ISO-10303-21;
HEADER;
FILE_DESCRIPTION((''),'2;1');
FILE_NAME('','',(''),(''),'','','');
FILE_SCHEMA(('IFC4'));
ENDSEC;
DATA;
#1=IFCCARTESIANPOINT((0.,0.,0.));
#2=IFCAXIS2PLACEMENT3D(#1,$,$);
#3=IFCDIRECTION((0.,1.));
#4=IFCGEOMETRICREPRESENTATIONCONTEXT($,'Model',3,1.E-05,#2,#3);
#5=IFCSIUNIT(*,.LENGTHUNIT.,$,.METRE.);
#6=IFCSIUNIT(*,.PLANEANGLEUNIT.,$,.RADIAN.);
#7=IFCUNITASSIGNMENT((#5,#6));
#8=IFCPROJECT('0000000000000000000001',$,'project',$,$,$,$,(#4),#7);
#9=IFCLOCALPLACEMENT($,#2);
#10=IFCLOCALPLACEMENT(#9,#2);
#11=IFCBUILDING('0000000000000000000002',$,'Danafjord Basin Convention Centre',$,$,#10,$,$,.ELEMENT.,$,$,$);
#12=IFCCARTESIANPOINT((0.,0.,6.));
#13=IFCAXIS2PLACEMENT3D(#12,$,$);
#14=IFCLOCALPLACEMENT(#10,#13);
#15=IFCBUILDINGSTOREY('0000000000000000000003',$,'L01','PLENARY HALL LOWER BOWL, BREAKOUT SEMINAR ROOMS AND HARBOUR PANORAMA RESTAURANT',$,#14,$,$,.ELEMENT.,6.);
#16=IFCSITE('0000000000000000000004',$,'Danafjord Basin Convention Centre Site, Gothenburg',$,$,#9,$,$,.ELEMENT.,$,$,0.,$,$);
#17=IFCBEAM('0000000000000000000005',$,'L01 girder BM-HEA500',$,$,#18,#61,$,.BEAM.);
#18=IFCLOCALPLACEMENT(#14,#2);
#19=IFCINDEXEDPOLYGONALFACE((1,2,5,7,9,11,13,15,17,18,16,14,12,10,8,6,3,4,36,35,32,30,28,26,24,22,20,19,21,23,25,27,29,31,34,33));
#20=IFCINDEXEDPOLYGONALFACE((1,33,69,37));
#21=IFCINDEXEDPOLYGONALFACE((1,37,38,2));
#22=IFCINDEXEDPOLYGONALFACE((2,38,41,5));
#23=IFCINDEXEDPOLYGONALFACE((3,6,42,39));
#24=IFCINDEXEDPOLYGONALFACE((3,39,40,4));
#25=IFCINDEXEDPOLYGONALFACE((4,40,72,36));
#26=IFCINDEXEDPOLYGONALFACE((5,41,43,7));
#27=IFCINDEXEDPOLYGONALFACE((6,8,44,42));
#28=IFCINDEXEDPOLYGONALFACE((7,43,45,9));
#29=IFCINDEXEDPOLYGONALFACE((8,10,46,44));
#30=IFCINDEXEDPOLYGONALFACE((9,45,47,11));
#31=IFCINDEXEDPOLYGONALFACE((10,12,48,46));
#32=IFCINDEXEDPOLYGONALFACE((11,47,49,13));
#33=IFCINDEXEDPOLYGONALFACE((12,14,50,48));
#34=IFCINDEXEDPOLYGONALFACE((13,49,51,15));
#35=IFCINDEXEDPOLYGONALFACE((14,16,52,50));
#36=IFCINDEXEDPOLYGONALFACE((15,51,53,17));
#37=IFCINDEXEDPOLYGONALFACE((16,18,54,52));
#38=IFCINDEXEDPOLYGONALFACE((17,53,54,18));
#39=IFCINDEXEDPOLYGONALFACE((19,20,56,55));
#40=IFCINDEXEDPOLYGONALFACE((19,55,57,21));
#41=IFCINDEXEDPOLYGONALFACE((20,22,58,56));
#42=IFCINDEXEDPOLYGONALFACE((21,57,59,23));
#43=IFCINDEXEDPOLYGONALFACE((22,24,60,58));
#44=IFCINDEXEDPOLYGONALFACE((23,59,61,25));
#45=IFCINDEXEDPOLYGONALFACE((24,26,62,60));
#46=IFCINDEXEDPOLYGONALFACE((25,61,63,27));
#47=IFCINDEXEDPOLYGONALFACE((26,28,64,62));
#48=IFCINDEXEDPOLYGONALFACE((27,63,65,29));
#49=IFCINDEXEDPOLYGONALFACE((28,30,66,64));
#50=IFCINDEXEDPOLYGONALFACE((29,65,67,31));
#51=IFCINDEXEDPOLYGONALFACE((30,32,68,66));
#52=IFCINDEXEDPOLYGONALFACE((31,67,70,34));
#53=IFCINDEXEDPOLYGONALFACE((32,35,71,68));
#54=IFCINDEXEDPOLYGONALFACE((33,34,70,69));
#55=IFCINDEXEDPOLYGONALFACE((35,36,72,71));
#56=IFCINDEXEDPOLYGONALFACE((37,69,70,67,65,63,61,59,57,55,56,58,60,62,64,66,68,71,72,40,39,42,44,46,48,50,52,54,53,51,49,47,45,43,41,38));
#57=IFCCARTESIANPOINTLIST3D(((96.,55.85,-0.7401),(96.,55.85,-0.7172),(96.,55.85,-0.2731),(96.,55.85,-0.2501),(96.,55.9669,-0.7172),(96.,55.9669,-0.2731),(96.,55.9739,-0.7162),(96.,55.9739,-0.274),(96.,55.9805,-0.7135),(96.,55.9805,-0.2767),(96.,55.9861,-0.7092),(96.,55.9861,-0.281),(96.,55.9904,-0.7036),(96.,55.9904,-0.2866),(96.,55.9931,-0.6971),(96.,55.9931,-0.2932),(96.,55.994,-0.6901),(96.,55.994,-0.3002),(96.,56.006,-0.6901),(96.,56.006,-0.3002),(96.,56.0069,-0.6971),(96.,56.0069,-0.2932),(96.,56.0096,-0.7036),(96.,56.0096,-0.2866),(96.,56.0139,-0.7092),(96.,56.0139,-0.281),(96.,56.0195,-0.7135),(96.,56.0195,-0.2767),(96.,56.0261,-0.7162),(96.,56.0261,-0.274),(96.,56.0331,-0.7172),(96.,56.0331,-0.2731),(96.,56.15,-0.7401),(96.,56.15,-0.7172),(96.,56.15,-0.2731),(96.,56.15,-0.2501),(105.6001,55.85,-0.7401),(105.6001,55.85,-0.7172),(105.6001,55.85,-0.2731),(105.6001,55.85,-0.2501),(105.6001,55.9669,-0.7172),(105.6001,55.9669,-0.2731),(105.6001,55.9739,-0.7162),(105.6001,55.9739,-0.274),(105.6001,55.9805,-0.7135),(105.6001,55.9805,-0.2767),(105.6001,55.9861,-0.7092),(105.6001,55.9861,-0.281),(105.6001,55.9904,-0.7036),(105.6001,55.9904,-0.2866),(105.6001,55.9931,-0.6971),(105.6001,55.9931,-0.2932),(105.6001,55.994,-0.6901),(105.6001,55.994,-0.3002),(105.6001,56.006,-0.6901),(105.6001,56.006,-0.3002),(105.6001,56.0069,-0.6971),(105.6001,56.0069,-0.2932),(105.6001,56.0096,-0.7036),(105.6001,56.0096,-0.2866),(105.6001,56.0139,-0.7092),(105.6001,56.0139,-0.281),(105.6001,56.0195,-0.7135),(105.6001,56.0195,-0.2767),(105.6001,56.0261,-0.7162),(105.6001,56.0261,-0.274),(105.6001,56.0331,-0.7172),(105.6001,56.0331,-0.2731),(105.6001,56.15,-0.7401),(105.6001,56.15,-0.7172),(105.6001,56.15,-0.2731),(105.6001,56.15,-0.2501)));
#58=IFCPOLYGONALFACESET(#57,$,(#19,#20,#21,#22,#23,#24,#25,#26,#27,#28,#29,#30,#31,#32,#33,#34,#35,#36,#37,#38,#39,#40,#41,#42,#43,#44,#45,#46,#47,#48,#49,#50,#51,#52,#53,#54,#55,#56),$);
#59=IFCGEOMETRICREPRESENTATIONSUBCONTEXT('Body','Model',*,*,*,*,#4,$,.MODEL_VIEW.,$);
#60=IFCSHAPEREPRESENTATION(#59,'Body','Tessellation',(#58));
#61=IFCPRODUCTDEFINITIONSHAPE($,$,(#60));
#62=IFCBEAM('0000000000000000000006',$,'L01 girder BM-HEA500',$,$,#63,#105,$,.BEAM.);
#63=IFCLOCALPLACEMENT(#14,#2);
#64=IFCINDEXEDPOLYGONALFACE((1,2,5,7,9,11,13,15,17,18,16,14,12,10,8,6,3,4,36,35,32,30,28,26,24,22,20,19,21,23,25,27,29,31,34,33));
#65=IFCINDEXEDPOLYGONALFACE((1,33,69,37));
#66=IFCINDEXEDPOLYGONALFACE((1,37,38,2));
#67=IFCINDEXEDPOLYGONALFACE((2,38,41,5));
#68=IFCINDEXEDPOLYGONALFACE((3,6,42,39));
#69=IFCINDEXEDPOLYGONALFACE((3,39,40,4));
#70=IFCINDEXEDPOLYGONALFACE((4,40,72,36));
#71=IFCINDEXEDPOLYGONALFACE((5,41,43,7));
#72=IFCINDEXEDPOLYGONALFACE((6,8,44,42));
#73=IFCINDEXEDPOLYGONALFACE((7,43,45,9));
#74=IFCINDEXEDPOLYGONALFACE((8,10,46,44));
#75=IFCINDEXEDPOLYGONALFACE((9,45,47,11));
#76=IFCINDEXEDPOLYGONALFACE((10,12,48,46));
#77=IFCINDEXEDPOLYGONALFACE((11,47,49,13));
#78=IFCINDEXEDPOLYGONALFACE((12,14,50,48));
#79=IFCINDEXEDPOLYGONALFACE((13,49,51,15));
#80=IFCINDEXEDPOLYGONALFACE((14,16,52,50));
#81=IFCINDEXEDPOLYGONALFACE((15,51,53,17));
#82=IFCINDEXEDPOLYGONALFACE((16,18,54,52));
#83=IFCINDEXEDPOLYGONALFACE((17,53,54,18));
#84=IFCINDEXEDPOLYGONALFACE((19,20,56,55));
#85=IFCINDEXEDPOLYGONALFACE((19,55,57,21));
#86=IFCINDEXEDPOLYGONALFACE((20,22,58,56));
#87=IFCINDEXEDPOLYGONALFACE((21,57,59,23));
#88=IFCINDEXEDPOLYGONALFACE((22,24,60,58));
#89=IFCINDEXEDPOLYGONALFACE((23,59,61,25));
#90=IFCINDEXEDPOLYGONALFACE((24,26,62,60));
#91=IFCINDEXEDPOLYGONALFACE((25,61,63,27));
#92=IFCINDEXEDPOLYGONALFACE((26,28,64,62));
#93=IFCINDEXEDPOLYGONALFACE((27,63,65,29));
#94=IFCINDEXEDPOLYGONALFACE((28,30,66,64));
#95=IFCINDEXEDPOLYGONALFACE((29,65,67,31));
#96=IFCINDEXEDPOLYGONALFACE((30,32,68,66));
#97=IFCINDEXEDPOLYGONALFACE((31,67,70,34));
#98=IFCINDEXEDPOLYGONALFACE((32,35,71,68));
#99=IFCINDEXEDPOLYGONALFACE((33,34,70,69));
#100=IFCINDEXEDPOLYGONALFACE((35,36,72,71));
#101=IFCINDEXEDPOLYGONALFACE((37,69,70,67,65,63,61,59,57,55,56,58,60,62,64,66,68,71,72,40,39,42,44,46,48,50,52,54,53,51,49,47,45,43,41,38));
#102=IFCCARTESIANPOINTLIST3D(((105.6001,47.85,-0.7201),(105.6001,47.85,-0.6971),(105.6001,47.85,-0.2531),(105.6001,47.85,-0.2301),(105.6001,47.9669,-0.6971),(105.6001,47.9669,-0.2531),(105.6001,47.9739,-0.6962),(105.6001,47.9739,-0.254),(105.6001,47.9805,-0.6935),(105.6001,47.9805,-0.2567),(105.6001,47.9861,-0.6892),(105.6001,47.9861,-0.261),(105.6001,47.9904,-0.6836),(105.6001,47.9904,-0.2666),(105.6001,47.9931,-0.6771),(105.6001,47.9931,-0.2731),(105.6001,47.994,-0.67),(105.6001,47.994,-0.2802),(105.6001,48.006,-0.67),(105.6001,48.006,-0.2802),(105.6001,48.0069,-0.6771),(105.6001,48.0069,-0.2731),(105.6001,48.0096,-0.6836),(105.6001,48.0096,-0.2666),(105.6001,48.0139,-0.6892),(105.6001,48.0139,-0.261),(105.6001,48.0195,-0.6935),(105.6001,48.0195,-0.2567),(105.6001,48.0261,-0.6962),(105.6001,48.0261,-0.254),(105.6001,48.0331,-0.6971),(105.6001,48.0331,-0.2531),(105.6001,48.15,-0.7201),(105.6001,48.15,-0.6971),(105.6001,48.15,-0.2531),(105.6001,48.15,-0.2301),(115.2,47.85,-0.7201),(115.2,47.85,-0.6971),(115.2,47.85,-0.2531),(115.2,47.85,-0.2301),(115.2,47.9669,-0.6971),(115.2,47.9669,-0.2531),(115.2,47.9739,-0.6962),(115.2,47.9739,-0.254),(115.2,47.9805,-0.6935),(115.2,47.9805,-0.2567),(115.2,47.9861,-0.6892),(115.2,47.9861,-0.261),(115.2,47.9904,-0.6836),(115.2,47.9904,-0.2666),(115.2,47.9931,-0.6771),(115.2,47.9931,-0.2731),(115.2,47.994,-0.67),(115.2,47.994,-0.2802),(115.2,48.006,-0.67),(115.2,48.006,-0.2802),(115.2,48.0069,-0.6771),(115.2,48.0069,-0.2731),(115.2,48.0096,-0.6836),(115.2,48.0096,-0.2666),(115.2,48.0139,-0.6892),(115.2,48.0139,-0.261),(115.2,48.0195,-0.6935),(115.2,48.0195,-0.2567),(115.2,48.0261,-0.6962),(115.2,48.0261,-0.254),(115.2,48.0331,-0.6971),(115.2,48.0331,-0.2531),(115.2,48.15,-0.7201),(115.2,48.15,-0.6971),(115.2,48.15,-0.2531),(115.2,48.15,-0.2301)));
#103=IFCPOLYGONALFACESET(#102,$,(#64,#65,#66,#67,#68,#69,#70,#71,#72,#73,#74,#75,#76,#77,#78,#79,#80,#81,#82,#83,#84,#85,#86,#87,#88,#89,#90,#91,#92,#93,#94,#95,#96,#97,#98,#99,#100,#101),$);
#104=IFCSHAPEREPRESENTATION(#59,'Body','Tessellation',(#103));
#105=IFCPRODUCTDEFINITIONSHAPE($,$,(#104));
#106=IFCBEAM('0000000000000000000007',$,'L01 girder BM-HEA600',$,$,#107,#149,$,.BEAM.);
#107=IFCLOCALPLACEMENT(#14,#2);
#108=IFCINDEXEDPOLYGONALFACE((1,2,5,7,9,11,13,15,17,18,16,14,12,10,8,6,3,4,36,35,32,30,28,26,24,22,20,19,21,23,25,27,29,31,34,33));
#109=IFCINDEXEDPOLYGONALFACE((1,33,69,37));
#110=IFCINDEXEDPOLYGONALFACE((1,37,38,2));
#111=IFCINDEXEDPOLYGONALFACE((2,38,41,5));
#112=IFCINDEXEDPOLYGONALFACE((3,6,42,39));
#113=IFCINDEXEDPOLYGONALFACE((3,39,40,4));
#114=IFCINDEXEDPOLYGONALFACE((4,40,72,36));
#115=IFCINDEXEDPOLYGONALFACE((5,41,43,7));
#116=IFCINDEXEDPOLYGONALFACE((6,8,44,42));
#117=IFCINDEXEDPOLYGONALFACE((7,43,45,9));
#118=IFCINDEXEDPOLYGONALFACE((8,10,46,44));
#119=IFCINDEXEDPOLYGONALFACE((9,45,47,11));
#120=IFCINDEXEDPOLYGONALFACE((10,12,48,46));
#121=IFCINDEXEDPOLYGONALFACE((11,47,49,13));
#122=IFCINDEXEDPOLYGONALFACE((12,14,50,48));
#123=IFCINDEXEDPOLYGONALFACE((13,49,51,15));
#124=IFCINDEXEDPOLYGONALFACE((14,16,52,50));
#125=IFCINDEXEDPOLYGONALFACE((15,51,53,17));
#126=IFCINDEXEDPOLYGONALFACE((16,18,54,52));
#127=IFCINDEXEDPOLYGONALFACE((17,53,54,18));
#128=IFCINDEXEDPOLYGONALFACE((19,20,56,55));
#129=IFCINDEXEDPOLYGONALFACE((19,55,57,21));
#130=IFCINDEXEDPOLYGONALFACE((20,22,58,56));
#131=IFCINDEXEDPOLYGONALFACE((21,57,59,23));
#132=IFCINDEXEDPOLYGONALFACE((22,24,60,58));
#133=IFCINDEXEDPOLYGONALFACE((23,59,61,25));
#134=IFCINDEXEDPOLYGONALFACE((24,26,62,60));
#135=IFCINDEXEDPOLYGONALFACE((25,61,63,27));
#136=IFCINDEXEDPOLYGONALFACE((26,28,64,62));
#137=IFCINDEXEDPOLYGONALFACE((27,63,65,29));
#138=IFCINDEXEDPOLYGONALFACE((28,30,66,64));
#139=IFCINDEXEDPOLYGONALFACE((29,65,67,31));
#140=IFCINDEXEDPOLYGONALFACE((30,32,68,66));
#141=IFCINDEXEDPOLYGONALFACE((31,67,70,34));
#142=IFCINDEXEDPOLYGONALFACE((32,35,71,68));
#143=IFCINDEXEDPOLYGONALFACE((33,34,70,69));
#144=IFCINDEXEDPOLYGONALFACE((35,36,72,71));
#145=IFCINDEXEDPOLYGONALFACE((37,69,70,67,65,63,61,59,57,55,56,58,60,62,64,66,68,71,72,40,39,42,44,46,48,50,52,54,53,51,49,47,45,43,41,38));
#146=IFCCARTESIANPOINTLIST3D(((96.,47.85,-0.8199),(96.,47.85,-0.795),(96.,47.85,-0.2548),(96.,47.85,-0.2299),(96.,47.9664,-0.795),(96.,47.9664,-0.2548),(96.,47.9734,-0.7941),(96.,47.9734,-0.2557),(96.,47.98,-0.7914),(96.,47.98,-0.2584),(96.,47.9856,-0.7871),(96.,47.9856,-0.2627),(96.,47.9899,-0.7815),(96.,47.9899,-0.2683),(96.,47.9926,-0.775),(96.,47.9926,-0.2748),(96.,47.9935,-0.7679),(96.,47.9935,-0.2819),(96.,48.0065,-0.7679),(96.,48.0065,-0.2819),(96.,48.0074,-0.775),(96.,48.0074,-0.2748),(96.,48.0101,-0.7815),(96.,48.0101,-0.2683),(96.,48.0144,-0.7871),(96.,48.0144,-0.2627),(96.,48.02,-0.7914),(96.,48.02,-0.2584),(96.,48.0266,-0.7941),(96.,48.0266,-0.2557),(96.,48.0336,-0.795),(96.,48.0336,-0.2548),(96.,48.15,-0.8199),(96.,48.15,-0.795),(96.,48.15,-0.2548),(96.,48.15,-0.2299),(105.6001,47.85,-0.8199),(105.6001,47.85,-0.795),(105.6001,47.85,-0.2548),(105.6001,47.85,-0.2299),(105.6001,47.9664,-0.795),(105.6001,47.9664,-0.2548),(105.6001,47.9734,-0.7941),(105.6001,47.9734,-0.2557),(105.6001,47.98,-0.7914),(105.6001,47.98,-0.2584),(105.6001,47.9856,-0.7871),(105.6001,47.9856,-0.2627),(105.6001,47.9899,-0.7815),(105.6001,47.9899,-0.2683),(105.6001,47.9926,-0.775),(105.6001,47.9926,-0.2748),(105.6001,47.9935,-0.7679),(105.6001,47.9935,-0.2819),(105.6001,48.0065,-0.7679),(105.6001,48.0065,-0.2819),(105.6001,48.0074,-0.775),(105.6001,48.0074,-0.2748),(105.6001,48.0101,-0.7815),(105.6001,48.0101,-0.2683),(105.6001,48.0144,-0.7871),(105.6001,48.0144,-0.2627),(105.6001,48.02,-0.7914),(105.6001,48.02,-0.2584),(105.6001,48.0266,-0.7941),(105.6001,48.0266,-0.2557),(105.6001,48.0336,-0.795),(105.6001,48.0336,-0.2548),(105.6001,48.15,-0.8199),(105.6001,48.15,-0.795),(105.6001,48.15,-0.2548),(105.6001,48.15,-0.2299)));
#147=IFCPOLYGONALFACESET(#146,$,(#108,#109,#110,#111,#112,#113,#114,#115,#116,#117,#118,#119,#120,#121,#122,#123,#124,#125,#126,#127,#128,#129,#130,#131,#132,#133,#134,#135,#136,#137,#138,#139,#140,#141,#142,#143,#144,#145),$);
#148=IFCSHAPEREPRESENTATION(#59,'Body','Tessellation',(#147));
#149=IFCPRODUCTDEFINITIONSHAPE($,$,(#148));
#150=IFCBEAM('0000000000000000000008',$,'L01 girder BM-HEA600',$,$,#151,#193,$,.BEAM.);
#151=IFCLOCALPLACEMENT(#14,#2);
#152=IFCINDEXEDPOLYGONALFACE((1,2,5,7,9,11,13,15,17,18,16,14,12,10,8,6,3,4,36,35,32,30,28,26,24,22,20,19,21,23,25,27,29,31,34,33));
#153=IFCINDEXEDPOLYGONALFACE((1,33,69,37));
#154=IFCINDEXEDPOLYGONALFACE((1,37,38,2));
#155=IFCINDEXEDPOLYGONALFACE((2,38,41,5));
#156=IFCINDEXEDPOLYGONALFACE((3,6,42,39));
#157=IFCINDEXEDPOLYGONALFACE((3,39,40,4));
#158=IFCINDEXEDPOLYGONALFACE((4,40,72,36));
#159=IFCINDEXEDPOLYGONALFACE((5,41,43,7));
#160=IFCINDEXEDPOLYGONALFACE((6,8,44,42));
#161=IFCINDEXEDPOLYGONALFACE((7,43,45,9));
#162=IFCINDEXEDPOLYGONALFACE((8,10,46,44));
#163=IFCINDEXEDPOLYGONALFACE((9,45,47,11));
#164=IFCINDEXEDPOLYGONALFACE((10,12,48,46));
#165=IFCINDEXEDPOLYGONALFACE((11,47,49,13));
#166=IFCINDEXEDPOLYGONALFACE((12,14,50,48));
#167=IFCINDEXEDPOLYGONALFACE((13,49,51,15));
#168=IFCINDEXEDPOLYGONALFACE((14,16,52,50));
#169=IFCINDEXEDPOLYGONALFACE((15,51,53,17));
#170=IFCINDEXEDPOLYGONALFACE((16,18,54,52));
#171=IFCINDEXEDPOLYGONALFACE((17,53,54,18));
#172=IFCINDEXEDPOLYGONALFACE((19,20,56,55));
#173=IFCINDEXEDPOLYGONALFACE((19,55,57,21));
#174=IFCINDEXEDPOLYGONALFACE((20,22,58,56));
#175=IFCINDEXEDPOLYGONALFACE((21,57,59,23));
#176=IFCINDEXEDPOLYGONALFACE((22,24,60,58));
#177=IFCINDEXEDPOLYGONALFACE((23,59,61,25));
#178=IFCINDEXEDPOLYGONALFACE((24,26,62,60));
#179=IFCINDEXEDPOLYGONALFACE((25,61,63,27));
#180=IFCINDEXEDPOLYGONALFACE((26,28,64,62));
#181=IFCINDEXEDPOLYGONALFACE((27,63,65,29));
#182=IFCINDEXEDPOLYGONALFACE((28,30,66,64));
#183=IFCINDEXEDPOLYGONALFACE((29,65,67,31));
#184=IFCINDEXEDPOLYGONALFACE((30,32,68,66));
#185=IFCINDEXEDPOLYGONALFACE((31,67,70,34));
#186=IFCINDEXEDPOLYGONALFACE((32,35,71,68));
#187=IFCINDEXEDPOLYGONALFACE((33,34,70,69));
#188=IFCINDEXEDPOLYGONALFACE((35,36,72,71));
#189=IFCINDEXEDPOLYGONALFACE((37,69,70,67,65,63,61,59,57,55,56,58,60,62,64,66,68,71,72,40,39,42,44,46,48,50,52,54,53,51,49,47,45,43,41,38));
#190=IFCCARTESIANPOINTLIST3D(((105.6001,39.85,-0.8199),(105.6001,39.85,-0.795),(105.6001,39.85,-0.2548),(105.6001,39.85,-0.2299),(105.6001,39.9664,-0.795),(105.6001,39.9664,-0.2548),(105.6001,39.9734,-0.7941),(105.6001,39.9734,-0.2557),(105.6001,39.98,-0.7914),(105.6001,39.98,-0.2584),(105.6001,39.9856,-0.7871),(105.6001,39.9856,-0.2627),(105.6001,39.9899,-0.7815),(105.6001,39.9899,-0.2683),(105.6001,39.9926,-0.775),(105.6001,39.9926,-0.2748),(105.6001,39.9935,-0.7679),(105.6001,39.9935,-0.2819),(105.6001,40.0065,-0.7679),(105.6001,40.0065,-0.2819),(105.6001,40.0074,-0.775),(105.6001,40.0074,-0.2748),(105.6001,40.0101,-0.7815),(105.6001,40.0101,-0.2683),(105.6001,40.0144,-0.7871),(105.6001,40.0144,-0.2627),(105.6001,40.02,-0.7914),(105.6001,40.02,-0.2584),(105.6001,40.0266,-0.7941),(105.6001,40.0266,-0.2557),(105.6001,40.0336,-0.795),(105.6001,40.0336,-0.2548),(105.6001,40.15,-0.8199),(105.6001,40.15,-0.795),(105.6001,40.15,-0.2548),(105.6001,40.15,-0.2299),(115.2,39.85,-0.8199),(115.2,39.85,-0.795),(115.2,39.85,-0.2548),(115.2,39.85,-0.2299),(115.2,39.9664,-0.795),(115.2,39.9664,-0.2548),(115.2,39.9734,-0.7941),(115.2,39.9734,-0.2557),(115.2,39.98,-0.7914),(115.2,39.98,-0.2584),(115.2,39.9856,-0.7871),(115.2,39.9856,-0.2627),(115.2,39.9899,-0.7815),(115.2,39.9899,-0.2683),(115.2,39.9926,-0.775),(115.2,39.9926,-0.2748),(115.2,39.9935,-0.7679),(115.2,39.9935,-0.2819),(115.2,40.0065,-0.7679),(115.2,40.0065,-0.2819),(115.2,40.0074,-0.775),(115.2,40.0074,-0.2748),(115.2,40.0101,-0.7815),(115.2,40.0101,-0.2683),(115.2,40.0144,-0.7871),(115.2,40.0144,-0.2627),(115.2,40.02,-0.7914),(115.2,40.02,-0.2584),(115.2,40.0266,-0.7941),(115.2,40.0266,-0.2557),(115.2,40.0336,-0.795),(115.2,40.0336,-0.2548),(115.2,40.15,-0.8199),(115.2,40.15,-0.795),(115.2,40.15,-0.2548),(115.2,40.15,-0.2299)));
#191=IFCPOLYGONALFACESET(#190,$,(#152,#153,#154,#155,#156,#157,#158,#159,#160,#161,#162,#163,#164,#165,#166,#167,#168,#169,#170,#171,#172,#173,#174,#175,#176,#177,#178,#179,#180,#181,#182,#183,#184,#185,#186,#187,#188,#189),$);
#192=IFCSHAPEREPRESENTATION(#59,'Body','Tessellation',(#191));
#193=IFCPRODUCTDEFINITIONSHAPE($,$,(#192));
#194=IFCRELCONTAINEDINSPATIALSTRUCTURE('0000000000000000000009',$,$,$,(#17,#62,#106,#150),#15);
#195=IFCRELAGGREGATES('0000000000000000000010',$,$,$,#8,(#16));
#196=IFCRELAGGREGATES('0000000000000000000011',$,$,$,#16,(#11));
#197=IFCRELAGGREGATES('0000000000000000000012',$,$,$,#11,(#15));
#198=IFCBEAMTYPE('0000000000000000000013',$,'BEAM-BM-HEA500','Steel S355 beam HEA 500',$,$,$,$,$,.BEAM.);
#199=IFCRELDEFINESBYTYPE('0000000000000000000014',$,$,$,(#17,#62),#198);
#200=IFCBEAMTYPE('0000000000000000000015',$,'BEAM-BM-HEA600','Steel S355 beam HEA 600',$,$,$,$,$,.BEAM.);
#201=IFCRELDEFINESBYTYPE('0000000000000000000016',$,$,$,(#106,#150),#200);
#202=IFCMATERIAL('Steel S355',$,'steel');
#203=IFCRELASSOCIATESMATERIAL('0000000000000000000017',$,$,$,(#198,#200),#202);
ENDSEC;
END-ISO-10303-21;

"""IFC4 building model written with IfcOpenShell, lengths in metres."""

from ifc_helpers import new_model, si_unit, direction, frame, origin, origin_2d, place, context, subcontext, project, spatial, i_section, extrude, material, material_profile, profile_set, type_object, element, save


model = new_model("IFC4")

# Units and contexts
model_context = context("Model", 3, precision=1e-05, world=origin(), true_north=direction((0.0, 1.0)))
body_context = subcontext(model_context, "Body", "Model", "MODEL_VIEW")
ifc_project = project(units=[si_unit("LENGTHUNIT", "METRE"), si_unit("PLANEANGLEUNIT", "RADIAN")], contexts=[model_context])

# Site, building, storey
site_placement = place(None, origin())
site = spatial("IfcSite", under=ifc_project, at=site_placement, Name="Danafjord Basin Convention Centre Site, Gothenburg", CompositionType="ELEMENT", RefElevation=0.0)
building_placement = place(site_placement, origin())
building = spatial("IfcBuilding", under=site, at=building_placement, Name="Danafjord Basin Convention Centre", CompositionType="ELEMENT")
storey_placement = place(building_placement, frame((0.0, 0.0, 6.0)))
storey = spatial("IfcBuildingStorey", under=building, at=storey_placement, Name="L01", Description="PLENARY HALL LOWER BOWL, BREAKOUT SEMINAR ROOMS AND HARBOUR PANORAMA RESTAURANT", CompositionType="ELEMENT", Elevation=6.0)

# Shared definitions
ifc_material_1 = material(Name="Steel S355", Category="steel")

# Beams
ifc_material_profile_1 = material_profile(ifc_material_1, i_section(OverallWidth=0.3, OverallDepth=0.49, WebThickness=0.012, FlangeThickness=0.0229, FilletRadius=0.0271, at=origin_2d()), Name="HEA 500")
ifc_profile_set_1 = profile_set([ifc_material_profile_1], Name="Steel S355")
beam_type_1 = type_object("IfcBeamType", Name="BEAM-BM-HEA500", Description="Steel S355 beam HEA 500", PredefinedType="BEAM", material=ifc_profile_set_1)
beam_1_placement = place(storey_placement, frame((96.0, 56.0, -0.4951), z_axis=(1.0, 0.0, 0.0), x_axis=(0.0, 1.0, 0.0)))
element("IfcBeam", 1, at=beam_1_placement, inside=storey, type_object=beam_type_1, Name="L01 girder BM-HEA500", PredefinedType="BEAM", context=body_context, shape_type="SweptSolid", body=[
    extrude(i_section(OverallWidth=0.3, OverallDepth=0.49, WebThickness=0.012, FlangeThickness=0.0229, FilletRadius=0.0271, at=origin_2d()), origin(), (0.0, 0.0, 1.0), 9.6001),
])
beam_2_placement = place(storey_placement, frame((105.6001, 48.0, -0.4751), z_axis=(1.0, 0.0, 0.0), x_axis=(0.0, 1.0, 0.0)))
element("IfcBeam", 2, at=beam_2_placement, inside=storey, type_object=beam_type_1, Name="L01 girder BM-HEA500", PredefinedType="BEAM", context=body_context, shape_type="SweptSolid", body=[
    extrude(i_section(OverallWidth=0.3, OverallDepth=0.49, WebThickness=0.012, FlangeThickness=0.0229, FilletRadius=0.0271, at=origin_2d()), origin(), (0.0, 0.0, 1.0), 9.5999),
])
ifc_material_profile_2 = material_profile(ifc_material_1, i_section(OverallWidth=0.3, OverallDepth=0.5901, WebThickness=0.0129, FlangeThickness=0.0249, FilletRadius=0.0271, at=origin_2d()), Name="HEA 600")
ifc_profile_set_2 = profile_set([ifc_material_profile_2], Name="Steel S355")
beam_type_2 = type_object("IfcBeamType", Name="BEAM-BM-HEA600", Description="Steel S355 beam HEA 600", PredefinedType="BEAM", material=ifc_profile_set_2)
beam_3_placement = place(storey_placement, frame((96.0, 48.0, -0.5249), z_axis=(1.0, 0.0, 0.0), x_axis=(0.0, 1.0, 0.0)))
element("IfcBeam", 3, at=beam_3_placement, inside=storey, type_object=beam_type_2, Name="L01 girder BM-HEA600", PredefinedType="BEAM", context=body_context, shape_type="SweptSolid", body=[
    extrude(i_section(OverallWidth=0.3, OverallDepth=0.5901, WebThickness=0.0129, FlangeThickness=0.0249, FilletRadius=0.0271, at=origin_2d()), origin(), (0.0, 0.0, 1.0), 9.6001),
])
beam_4_placement = place(storey_placement, frame((105.6001, 40.0, -0.5249), z_axis=(1.0, 0.0, 0.0), x_axis=(0.0, 1.0, 0.0)))
element("IfcBeam", 4, at=beam_4_placement, inside=storey, type_object=beam_type_2, Name="L01 girder BM-HEA600", PredefinedType="BEAM", context=body_context, shape_type="SweptSolid", body=[
    extrude(i_section(OverallWidth=0.3, OverallDepth=0.5901, WebThickness=0.0129, FlangeThickness=0.0249, FilletRadius=0.0271, at=origin_2d()), origin(), (0.0, 0.0, 1.0), 9.5999),
])

save(model, "model.ifc")
